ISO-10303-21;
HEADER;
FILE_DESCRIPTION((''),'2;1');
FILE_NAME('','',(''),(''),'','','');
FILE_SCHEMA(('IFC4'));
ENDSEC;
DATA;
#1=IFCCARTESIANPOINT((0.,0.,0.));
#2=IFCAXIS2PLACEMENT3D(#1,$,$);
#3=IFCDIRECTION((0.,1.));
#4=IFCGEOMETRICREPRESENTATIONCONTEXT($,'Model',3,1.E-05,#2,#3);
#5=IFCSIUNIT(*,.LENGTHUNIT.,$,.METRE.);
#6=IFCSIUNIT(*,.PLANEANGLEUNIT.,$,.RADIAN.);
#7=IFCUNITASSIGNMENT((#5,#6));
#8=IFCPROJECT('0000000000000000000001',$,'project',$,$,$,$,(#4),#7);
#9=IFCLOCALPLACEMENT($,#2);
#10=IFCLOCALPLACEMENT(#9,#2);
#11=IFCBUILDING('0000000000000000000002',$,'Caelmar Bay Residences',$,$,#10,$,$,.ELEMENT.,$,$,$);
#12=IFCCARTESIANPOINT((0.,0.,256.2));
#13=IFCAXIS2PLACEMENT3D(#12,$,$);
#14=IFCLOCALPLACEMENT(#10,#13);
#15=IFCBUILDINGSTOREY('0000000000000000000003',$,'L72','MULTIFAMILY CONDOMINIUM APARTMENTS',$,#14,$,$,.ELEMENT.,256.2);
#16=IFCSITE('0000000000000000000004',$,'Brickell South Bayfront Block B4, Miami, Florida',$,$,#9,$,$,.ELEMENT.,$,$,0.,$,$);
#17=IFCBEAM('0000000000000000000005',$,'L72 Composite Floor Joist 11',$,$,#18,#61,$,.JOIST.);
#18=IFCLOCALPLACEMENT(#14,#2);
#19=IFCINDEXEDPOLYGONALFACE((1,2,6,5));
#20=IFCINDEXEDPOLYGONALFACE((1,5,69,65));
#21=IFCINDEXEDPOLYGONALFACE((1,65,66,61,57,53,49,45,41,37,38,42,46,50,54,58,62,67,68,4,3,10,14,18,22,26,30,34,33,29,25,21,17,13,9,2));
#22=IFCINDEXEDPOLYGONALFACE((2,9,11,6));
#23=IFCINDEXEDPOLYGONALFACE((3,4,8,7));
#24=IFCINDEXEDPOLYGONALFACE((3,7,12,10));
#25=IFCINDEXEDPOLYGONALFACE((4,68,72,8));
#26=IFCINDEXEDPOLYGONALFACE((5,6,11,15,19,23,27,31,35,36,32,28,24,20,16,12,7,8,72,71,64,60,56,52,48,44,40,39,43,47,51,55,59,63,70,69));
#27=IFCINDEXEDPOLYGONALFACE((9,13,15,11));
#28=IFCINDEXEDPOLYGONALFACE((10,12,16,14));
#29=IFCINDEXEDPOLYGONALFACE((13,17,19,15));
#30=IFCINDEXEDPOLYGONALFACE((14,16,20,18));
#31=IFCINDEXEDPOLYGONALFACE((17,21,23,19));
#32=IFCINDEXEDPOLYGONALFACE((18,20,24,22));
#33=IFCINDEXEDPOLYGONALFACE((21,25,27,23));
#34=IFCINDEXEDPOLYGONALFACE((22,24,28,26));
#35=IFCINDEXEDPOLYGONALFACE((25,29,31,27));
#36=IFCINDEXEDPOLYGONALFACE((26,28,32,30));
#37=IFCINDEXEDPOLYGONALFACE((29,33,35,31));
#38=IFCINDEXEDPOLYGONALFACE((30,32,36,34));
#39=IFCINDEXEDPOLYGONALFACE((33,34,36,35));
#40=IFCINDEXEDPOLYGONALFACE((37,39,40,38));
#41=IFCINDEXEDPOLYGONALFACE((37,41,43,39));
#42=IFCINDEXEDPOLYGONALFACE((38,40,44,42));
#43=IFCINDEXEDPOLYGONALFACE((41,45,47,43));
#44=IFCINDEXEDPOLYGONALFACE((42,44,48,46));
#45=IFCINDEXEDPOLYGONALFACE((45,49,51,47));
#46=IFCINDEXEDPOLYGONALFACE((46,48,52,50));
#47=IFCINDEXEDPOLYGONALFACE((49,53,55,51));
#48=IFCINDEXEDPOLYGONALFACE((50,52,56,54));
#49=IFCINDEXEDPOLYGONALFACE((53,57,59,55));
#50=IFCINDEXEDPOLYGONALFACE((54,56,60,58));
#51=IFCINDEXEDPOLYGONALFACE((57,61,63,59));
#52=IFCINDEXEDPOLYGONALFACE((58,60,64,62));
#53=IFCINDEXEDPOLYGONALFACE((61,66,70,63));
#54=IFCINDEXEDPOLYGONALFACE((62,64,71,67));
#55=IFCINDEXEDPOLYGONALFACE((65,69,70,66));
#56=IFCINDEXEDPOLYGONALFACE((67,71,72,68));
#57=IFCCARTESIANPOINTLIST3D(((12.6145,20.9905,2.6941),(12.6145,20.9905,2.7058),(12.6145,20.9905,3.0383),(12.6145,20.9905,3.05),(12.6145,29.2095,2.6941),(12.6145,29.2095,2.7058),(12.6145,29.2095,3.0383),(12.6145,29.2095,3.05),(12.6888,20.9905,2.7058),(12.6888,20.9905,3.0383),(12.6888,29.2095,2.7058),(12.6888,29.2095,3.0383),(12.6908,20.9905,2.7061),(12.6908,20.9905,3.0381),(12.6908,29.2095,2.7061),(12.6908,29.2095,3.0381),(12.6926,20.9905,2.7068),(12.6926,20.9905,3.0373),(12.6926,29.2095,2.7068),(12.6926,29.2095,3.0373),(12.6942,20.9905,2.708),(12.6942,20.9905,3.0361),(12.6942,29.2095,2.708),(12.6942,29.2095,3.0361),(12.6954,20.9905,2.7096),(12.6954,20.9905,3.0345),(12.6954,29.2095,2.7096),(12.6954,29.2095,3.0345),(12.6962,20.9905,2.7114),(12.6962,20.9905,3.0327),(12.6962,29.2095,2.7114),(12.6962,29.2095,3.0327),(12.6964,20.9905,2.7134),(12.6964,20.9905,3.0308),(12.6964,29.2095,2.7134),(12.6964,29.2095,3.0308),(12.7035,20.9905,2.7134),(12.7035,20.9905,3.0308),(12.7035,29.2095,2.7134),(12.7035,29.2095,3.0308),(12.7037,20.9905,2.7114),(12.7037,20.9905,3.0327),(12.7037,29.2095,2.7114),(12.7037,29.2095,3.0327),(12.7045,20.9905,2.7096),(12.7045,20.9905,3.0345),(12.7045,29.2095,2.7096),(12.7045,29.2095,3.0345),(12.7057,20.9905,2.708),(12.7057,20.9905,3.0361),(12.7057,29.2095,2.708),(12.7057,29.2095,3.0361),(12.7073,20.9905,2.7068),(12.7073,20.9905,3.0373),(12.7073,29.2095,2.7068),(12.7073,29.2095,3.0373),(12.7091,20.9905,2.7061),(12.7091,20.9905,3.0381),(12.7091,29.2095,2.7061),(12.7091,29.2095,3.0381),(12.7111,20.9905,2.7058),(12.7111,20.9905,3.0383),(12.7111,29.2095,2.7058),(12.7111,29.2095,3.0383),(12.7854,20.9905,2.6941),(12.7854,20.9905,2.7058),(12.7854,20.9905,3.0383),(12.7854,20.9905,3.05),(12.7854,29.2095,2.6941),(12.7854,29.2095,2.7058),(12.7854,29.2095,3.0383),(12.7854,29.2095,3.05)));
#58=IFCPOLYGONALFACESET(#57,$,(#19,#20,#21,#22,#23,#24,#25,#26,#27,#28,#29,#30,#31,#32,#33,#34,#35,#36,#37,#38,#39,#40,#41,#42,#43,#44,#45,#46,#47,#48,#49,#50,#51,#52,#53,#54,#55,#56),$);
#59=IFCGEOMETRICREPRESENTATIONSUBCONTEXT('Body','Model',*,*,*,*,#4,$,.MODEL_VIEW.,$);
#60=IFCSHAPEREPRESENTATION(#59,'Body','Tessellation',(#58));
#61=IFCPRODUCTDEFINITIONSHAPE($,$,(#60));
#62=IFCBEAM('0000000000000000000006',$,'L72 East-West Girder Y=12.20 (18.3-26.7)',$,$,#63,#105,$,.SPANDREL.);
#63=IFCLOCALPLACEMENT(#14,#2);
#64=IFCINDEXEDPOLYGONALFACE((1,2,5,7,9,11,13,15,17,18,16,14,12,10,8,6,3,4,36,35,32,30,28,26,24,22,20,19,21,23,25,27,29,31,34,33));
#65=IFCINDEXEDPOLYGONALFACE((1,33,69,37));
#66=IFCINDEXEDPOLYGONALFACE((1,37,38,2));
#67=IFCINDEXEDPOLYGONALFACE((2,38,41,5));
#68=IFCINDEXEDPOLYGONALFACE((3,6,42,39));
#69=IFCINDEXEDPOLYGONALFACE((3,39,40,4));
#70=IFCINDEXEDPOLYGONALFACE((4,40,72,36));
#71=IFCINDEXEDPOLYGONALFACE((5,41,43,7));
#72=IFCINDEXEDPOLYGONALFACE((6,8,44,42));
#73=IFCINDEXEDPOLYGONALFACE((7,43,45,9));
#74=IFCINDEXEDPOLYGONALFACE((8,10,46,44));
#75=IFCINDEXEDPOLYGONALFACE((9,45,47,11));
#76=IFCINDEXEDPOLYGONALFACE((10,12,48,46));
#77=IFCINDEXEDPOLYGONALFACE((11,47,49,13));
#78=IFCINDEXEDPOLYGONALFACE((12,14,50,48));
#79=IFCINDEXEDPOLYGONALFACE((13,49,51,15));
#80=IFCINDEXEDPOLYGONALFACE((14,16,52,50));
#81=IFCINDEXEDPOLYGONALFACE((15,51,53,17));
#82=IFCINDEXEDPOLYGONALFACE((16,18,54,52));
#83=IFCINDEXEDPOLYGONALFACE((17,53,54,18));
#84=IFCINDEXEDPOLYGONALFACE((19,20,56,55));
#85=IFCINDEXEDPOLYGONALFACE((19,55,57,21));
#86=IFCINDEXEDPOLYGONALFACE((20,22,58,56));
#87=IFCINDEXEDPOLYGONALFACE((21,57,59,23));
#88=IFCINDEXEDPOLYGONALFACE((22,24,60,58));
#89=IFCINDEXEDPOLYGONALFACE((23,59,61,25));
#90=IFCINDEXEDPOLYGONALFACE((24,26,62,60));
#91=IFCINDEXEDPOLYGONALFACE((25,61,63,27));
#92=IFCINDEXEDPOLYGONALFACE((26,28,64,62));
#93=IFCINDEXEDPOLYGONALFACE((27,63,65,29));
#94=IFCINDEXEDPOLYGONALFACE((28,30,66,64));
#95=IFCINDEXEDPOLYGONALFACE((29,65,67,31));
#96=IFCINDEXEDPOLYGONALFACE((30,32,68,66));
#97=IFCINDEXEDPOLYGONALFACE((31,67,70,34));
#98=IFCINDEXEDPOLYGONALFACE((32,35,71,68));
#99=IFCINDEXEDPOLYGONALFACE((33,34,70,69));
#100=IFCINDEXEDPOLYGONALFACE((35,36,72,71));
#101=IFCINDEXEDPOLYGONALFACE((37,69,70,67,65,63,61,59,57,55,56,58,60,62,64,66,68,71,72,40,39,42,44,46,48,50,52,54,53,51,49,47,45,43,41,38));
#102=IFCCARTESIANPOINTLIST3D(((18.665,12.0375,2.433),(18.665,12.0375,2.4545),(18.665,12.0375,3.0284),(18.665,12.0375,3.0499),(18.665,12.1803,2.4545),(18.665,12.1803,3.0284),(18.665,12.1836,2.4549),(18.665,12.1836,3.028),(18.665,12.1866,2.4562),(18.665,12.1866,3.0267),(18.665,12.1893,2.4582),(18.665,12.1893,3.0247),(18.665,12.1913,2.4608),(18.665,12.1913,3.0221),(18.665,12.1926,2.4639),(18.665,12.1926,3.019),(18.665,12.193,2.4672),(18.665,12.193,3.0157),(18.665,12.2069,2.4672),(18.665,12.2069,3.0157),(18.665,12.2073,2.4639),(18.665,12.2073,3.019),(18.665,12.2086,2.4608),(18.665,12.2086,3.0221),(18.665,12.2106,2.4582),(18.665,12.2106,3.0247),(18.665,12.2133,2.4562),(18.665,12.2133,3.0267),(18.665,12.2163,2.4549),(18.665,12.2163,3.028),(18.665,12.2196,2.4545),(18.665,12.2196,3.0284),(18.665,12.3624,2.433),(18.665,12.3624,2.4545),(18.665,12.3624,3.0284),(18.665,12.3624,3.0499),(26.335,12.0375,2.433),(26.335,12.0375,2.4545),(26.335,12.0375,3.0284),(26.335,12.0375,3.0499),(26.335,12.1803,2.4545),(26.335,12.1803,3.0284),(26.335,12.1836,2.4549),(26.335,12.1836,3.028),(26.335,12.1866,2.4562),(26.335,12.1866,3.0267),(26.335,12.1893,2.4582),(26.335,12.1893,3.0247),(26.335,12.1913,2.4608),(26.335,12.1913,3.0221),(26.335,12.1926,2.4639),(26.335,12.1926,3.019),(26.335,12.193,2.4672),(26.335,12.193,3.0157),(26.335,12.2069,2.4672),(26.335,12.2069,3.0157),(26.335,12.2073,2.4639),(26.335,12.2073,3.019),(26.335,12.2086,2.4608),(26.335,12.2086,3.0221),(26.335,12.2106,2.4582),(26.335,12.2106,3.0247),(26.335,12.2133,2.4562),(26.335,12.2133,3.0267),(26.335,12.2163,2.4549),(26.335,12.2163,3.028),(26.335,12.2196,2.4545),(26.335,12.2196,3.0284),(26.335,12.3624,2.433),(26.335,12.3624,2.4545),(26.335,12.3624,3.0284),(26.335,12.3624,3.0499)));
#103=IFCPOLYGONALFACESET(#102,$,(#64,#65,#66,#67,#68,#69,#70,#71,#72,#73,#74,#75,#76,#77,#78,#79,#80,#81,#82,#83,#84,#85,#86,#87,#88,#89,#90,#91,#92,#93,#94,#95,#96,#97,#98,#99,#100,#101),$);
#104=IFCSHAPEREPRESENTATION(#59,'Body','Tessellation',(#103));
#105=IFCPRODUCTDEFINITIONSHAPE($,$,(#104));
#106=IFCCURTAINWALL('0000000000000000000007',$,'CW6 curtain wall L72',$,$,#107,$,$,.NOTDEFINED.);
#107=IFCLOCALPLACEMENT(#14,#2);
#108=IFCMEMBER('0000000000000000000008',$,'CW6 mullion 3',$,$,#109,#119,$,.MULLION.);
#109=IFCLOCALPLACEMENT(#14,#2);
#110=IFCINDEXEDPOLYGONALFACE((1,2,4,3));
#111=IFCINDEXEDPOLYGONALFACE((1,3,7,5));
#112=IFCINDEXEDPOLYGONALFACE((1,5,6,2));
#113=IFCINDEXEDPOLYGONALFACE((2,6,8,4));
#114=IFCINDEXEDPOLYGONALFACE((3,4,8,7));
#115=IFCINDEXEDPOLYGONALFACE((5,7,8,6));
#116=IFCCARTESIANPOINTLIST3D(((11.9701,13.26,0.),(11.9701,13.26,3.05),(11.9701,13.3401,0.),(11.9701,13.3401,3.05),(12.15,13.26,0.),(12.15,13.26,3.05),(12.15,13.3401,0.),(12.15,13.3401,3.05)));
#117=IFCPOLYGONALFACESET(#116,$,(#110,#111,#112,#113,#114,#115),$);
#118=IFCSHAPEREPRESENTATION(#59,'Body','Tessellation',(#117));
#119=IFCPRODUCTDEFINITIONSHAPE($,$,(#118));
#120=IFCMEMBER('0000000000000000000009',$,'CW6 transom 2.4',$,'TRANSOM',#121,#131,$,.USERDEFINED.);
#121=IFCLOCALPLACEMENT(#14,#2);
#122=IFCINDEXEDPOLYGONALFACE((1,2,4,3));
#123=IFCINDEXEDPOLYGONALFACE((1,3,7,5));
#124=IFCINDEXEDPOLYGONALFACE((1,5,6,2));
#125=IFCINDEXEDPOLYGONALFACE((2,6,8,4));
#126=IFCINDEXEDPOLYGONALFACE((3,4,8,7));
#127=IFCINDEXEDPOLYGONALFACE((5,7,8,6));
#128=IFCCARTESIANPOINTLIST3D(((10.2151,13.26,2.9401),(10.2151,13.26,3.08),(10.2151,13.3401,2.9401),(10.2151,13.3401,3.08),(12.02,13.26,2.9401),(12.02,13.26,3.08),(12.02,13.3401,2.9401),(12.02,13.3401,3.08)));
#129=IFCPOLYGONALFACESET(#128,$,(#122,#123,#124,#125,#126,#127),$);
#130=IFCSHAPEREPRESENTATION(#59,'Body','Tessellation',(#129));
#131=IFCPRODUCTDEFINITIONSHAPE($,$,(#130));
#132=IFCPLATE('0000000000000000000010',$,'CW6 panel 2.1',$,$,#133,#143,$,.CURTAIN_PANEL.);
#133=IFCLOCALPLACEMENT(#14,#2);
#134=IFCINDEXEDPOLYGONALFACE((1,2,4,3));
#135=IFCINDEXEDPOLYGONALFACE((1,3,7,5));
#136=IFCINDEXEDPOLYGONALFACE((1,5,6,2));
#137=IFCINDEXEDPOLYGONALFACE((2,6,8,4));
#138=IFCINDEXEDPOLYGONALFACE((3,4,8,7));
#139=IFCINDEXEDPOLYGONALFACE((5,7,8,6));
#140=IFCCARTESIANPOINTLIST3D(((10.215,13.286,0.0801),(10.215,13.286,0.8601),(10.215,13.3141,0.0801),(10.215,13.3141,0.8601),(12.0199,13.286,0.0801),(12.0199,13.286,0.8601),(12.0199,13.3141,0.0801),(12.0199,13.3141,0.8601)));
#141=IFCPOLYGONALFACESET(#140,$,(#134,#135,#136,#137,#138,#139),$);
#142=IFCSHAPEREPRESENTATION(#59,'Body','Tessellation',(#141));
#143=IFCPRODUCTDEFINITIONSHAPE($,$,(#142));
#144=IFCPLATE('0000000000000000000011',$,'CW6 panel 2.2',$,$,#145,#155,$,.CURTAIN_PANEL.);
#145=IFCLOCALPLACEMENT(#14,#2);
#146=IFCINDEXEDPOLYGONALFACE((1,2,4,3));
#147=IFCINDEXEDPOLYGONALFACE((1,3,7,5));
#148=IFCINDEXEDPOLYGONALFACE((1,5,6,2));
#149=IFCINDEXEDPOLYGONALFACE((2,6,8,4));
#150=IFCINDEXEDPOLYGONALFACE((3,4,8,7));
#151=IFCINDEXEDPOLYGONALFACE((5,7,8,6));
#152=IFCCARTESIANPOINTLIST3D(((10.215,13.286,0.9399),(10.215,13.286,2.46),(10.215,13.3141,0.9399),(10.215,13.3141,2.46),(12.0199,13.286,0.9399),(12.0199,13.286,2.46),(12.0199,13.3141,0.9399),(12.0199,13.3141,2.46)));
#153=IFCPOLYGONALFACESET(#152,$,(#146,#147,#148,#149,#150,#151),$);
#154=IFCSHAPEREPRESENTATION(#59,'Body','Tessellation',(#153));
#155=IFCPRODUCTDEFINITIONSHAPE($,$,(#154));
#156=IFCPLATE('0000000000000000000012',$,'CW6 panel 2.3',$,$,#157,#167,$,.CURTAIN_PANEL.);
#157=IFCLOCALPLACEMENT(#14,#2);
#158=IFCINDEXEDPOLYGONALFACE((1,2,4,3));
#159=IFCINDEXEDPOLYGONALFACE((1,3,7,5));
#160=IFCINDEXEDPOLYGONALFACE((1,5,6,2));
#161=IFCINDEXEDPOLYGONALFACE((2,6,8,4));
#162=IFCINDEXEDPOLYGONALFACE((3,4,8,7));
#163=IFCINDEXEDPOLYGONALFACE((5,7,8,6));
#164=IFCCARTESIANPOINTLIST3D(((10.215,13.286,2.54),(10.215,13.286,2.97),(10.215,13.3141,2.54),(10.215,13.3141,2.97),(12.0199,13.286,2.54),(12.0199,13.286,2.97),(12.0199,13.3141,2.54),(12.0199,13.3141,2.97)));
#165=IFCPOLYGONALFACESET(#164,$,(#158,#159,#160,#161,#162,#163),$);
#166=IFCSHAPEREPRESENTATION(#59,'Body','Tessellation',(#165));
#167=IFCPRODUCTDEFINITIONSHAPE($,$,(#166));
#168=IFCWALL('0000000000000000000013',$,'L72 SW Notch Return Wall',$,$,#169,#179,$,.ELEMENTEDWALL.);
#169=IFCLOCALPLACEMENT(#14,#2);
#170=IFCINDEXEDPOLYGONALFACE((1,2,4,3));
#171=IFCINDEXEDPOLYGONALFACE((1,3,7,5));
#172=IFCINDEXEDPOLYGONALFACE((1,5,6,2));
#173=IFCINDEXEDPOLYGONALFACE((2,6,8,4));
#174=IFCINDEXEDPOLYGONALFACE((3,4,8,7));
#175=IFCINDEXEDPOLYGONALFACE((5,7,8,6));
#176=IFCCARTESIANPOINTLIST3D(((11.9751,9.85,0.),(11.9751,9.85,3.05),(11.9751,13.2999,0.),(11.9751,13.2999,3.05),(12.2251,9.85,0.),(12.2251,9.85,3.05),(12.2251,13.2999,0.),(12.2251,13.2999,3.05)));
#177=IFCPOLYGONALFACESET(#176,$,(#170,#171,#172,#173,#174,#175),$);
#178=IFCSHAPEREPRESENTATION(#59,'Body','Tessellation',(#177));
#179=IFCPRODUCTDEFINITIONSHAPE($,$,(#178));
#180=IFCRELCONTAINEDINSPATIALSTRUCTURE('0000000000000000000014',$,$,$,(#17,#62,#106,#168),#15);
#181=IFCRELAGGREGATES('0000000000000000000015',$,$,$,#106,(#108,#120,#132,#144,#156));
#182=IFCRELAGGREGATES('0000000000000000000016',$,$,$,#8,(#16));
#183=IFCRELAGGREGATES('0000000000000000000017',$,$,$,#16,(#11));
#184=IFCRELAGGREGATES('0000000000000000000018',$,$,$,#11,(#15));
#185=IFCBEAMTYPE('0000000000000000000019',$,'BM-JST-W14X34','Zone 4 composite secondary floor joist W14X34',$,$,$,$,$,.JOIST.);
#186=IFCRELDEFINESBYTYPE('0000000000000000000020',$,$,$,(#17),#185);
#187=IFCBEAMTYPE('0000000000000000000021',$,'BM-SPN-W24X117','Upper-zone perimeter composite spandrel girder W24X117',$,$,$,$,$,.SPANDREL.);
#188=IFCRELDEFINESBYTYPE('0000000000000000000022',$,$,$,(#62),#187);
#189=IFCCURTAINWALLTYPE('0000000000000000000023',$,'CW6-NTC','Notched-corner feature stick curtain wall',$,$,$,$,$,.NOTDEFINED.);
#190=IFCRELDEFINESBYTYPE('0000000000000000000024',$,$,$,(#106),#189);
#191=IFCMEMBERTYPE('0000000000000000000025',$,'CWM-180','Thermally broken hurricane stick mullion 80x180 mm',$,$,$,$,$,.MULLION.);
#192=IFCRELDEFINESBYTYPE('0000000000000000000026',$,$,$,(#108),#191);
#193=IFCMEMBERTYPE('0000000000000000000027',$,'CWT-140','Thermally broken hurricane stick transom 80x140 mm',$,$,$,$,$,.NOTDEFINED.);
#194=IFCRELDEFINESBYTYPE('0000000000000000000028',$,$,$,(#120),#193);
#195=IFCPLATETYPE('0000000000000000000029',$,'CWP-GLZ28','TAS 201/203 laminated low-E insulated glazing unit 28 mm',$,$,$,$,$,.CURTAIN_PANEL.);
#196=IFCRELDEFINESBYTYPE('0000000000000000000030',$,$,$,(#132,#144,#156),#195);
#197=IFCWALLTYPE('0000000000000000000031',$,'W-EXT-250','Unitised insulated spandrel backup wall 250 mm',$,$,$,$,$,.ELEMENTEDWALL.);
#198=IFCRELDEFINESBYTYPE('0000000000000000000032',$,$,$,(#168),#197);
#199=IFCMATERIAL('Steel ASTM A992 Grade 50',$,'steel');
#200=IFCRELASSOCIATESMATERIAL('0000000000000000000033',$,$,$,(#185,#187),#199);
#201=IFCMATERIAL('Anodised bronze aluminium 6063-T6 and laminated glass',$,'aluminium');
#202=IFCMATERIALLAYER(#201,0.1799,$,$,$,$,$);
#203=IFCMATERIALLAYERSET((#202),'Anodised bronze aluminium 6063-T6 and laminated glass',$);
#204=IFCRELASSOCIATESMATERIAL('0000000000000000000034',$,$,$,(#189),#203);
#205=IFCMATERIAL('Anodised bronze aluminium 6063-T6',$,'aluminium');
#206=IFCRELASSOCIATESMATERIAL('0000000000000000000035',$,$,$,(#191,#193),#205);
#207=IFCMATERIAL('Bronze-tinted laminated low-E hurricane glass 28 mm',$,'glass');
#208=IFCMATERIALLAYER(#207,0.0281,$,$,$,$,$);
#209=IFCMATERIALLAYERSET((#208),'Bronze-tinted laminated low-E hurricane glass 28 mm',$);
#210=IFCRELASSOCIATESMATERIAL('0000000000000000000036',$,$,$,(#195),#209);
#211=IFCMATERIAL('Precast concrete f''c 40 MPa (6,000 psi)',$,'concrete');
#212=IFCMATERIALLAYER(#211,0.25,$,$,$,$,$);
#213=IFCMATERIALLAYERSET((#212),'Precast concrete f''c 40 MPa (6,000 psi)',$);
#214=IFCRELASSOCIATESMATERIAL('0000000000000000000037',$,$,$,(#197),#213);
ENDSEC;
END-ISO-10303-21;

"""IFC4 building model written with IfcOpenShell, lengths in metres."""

from ifc_helpers import new_model, si_unit, direction, frame, frame_2d, origin, origin_2d, place, context, subcontext, project, spatial, rectangle, i_section, extrude, material, layer, layer_set, material_profile, profile_set, type_object, element, aggregate, save


model = new_model("IFC4")

# Units and contexts
model_context = context("Model", 3, precision=1e-05, world=origin(), true_north=direction((0.0, 1.0)))
body_context = subcontext(model_context, "Body", "Model", "MODEL_VIEW")
ifc_project = project(units=[si_unit("LENGTHUNIT", "METRE"), si_unit("PLANEANGLEUNIT", "RADIAN")], contexts=[model_context])

# Site, building, storey
site_placement = place(None, origin())
site = spatial("IfcSite", under=ifc_project, at=site_placement, Name="Brickell South Bayfront Block B4, Miami, Florida", CompositionType="ELEMENT", RefElevation=0.0)
building_placement = place(site_placement, origin())
building = spatial("IfcBuilding", under=site, at=building_placement, Name="Caelmar Bay Residences", CompositionType="ELEMENT")
storey_placement = place(building_placement, frame((0.0, 0.0, 256.2)))
storey = spatial("IfcBuildingStorey", under=building, at=storey_placement, Name="L72", Description="MULTIFAMILY CONDOMINIUM APARTMENTS", CompositionType="ELEMENT", Elevation=256.2)

# Beams
ifc_material_1 = material(Name="Steel ASTM A992 Grade 50", Category="steel")
ifc_material_profile_1 = material_profile(ifc_material_1, i_section(OverallWidth=0.1709, OverallDepth=0.356, WebThickness=0.0071, FlangeThickness=0.0117, FilletRadius=0.0076, at=origin_2d()), Name="W14X34")
ifc_profile_set_1 = profile_set([ifc_material_profile_1], Name="Steel ASTM A992 Grade 50")
beam_type_1 = type_object("IfcBeamType", Name="BM-JST-W14X34", Description="Zone 4 composite secondary floor joist W14X34", PredefinedType="JOIST", material=ifc_profile_set_1)
beam_1_placement = place(storey_placement, frame((12.7, 20.9905, 2.8721), z_axis=(0.0, 1.0, 0.0), x_axis=(-1.0, 0.0, 0.0)))
element("IfcBeam", 1, at=beam_1_placement, inside=storey, type_object=beam_type_1, Name="L72 Composite Floor Joist 11", PredefinedType="JOIST", context=body_context, shape_type="SweptSolid", body=[
    extrude(i_section(OverallWidth=0.1709, OverallDepth=0.356, WebThickness=0.0071, FlangeThickness=0.0117, FilletRadius=0.0076, at=origin_2d()), origin(), (0.0, 0.0, 1.0), 8.219),
])
ifc_material_profile_2 = material_profile(ifc_material_1, i_section(OverallWidth=0.325, OverallDepth=0.6169, WebThickness=0.0139, FlangeThickness=0.0215, FilletRadius=0.0127, at=origin_2d()), Name="W24X117")
ifc_profile_set_2 = profile_set([ifc_material_profile_2], Name="Steel ASTM A992 Grade 50")
beam_type_2 = type_object("IfcBeamType", Name="BM-SPN-W24X117", Description="Upper-zone perimeter composite spandrel girder W24X117", PredefinedType="SPANDREL", material=ifc_profile_set_2)
beam_2_placement = place(storey_placement, frame((18.665, 12.2, 2.7415), z_axis=(1.0, 0.0, 0.0), x_axis=(0.0, 1.0, 0.0)))
element("IfcBeam", 2, at=beam_2_placement, inside=storey, type_object=beam_type_2, Name="L72 East-West Girder Y=12.20 (18.3-26.7)", PredefinedType="SPANDREL", context=body_context, shape_type="SweptSolid", body=[
    extrude(i_section(OverallWidth=0.325, OverallDepth=0.6169, WebThickness=0.0139, FlangeThickness=0.0215, FilletRadius=0.0127, at=origin_2d()), origin(), (0.0, 0.0, 1.0), 7.6699),
])

# Curtain wall, members, plates
ifc_material_2 = material(Name="Anodised bronze aluminium 6063-T6 and laminated glass", Category="aluminium")
ifc_layer_1 = layer(ifc_material_2, 0.1799)
ifc_layer_set_1 = layer_set([ifc_layer_1], Name="Anodised bronze aluminium 6063-T6 and laminated glass")
curtain_wall_type = type_object("IfcCurtainWallType", Name="CW6-NTC", Description="Notched-corner feature stick curtain wall", PredefinedType="NOTDEFINED", material=ifc_layer_set_1)
curtain_wall_placement = place(storey_placement, origin())
curtain_wall = element("IfcCurtainWall", 3, at=curtain_wall_placement, inside=storey, type_object=curtain_wall_type, Name="CW6 curtain wall L72", PredefinedType="NOTDEFINED")
ifc_material_3 = material(Name="Anodised bronze aluminium 6063-T6", Category="aluminium")
ifc_material_profile_3 = material_profile(ifc_material_3, rectangle(XDim=0.0801, YDim=0.1799, at=origin_2d()), Name="CWM-80X180")
ifc_profile_set_3 = profile_set([ifc_material_profile_3], Name="Anodised bronze aluminium 6063-T6")
member_type_1 = type_object("IfcMemberType", Name="CWM-180", Description="Thermally broken hurricane stick mullion 80x180 mm", PredefinedType="MULLION", material=ifc_profile_set_3)
member_1_placement = place(storey_placement, frame((12.0601, 13.3, 0.0), z_axis=(0.0, 0.0, 1.0), x_axis=(0.0, 1.0, 0.0)))
member_1 = element("IfcMember", 4, at=member_1_placement, type_object=member_type_1, Name="CW6 mullion 3", PredefinedType="MULLION", context=body_context, shape_type="SweptSolid", body=[
    extrude(rectangle(XDim=0.0801, YDim=0.1799, at=origin_2d()), origin(), (0.0, 0.0, 1.0), 3.05),
])
ifc_material_profile_4 = material_profile(ifc_material_3, rectangle(XDim=0.0801, YDim=0.1399, at=origin_2d()), Name="CWT-80X140")
ifc_profile_set_4 = profile_set([ifc_material_profile_4], Name="Anodised bronze aluminium 6063-T6")
member_type_2 = type_object("IfcMemberType", Name="CWT-140", Description="Thermally broken hurricane stick transom 80x140 mm", PredefinedType="NOTDEFINED", material=ifc_profile_set_4)
member_2_placement = place(storey_placement, frame((10.2151, 13.3, 3.01), z_axis=(1.0, 0.0, 0.0), x_axis=(0.0, 1.0, 0.0)))
member_2 = element("IfcMember", 5, at=member_2_placement, type_object=member_type_2, Name="CW6 transom 2.4", ObjectType="TRANSOM", PredefinedType="USERDEFINED", context=body_context, shape_type="SweptSolid", body=[
    extrude(rectangle(XDim=0.0801, YDim=0.1399, at=origin_2d()), origin(), (0.0, 0.0, 1.0), 1.8049),
])
ifc_material_4 = material(Name="Bronze-tinted laminated low-E hurricane glass 28 mm", Category="glass")
ifc_layer_2 = layer(ifc_material_4, 0.0281)
ifc_layer_set_2 = layer_set([ifc_layer_2], Name="Bronze-tinted laminated low-E hurricane glass 28 mm")
plate_type = type_object("IfcPlateType", Name="CWP-GLZ28", Description="TAS 201/203 laminated low-E insulated glazing unit 28 mm", PredefinedType="CURTAIN_PANEL", material=ifc_layer_set_2)
plate_1_placement = place(storey_placement, frame((11.1174, 13.3, 0.0801), z_axis=(0.0, 0.0, 1.0), x_axis=(1.0, 0.0, 0.0)))
plate_1 = element("IfcPlate", 6, at=plate_1_placement, type_object=plate_type, Name="CW6 panel 2.1", PredefinedType="CURTAIN_PANEL", context=body_context, shape_type="SweptSolid", body=[
    extrude(rectangle(XDim=1.8049, YDim=0.0281, at=origin_2d()), origin(), (0.0, 0.0, 1.0), 0.78),
])
plate_2_placement = place(storey_placement, frame((11.1174, 13.3, 0.9399), z_axis=(0.0, 0.0, 1.0), x_axis=(1.0, 0.0, 0.0)))
plate_2 = element("IfcPlate", 7, at=plate_2_placement, type_object=plate_type, Name="CW6 panel 2.2", PredefinedType="CURTAIN_PANEL", context=body_context, shape_type="SweptSolid", body=[
    extrude(rectangle(XDim=1.8049, YDim=0.0281, at=origin_2d()), origin(), (0.0, 0.0, 1.0), 1.52),
])
plate_3_placement = place(storey_placement, frame((11.1174, 13.3, 2.54), z_axis=(0.0, 0.0, 1.0), x_axis=(1.0, 0.0, 0.0)))
plate_3 = element("IfcPlate", 8, at=plate_3_placement, type_object=plate_type, Name="CW6 panel 2.3", PredefinedType="CURTAIN_PANEL", context=body_context, shape_type="SweptSolid", body=[
    extrude(rectangle(XDim=1.8049, YDim=0.0281, at=origin_2d()), origin(), (0.0, 0.0, 1.0), 0.4299),
])
aggregate(curtain_wall, [member_1, member_2, plate_1, plate_2, plate_3])

# Wall
ifc_material_5 = material(Name="Precast concrete f'c 40 MPa (6,000 psi)", Category="concrete")
ifc_layer_3 = layer(ifc_material_5, 0.25)
ifc_layer_set_3 = layer_set([ifc_layer_3], Name="Precast concrete f'c 40 MPa (6,000 psi)")
wall_type_1 = type_object("IfcWallType", Name="W-EXT-250", Description="Unitised insulated spandrel backup wall 250 mm", PredefinedType="ELEMENTEDWALL", material=ifc_layer_set_3)
wall_1_placement = place(storey_placement, frame((12.1001, 13.3, 0.0), z_axis=(0.0, 0.0, 1.0), x_axis=(0.0, -1.0, 0.0)))
element("IfcWall", 9, at=wall_1_placement, inside=storey, type_object=wall_type_1, Name="L72 SW Notch Return Wall", PredefinedType="ELEMENTEDWALL", context=body_context, shape_type="SweptSolid", body=[
    extrude(rectangle(XDim=3.45, YDim=0.25, at=frame_2d((1.7251, 0.0))), origin(), (0.0, 0.0, 1.0), 3.05),
])

save(model, "model.ifc")
